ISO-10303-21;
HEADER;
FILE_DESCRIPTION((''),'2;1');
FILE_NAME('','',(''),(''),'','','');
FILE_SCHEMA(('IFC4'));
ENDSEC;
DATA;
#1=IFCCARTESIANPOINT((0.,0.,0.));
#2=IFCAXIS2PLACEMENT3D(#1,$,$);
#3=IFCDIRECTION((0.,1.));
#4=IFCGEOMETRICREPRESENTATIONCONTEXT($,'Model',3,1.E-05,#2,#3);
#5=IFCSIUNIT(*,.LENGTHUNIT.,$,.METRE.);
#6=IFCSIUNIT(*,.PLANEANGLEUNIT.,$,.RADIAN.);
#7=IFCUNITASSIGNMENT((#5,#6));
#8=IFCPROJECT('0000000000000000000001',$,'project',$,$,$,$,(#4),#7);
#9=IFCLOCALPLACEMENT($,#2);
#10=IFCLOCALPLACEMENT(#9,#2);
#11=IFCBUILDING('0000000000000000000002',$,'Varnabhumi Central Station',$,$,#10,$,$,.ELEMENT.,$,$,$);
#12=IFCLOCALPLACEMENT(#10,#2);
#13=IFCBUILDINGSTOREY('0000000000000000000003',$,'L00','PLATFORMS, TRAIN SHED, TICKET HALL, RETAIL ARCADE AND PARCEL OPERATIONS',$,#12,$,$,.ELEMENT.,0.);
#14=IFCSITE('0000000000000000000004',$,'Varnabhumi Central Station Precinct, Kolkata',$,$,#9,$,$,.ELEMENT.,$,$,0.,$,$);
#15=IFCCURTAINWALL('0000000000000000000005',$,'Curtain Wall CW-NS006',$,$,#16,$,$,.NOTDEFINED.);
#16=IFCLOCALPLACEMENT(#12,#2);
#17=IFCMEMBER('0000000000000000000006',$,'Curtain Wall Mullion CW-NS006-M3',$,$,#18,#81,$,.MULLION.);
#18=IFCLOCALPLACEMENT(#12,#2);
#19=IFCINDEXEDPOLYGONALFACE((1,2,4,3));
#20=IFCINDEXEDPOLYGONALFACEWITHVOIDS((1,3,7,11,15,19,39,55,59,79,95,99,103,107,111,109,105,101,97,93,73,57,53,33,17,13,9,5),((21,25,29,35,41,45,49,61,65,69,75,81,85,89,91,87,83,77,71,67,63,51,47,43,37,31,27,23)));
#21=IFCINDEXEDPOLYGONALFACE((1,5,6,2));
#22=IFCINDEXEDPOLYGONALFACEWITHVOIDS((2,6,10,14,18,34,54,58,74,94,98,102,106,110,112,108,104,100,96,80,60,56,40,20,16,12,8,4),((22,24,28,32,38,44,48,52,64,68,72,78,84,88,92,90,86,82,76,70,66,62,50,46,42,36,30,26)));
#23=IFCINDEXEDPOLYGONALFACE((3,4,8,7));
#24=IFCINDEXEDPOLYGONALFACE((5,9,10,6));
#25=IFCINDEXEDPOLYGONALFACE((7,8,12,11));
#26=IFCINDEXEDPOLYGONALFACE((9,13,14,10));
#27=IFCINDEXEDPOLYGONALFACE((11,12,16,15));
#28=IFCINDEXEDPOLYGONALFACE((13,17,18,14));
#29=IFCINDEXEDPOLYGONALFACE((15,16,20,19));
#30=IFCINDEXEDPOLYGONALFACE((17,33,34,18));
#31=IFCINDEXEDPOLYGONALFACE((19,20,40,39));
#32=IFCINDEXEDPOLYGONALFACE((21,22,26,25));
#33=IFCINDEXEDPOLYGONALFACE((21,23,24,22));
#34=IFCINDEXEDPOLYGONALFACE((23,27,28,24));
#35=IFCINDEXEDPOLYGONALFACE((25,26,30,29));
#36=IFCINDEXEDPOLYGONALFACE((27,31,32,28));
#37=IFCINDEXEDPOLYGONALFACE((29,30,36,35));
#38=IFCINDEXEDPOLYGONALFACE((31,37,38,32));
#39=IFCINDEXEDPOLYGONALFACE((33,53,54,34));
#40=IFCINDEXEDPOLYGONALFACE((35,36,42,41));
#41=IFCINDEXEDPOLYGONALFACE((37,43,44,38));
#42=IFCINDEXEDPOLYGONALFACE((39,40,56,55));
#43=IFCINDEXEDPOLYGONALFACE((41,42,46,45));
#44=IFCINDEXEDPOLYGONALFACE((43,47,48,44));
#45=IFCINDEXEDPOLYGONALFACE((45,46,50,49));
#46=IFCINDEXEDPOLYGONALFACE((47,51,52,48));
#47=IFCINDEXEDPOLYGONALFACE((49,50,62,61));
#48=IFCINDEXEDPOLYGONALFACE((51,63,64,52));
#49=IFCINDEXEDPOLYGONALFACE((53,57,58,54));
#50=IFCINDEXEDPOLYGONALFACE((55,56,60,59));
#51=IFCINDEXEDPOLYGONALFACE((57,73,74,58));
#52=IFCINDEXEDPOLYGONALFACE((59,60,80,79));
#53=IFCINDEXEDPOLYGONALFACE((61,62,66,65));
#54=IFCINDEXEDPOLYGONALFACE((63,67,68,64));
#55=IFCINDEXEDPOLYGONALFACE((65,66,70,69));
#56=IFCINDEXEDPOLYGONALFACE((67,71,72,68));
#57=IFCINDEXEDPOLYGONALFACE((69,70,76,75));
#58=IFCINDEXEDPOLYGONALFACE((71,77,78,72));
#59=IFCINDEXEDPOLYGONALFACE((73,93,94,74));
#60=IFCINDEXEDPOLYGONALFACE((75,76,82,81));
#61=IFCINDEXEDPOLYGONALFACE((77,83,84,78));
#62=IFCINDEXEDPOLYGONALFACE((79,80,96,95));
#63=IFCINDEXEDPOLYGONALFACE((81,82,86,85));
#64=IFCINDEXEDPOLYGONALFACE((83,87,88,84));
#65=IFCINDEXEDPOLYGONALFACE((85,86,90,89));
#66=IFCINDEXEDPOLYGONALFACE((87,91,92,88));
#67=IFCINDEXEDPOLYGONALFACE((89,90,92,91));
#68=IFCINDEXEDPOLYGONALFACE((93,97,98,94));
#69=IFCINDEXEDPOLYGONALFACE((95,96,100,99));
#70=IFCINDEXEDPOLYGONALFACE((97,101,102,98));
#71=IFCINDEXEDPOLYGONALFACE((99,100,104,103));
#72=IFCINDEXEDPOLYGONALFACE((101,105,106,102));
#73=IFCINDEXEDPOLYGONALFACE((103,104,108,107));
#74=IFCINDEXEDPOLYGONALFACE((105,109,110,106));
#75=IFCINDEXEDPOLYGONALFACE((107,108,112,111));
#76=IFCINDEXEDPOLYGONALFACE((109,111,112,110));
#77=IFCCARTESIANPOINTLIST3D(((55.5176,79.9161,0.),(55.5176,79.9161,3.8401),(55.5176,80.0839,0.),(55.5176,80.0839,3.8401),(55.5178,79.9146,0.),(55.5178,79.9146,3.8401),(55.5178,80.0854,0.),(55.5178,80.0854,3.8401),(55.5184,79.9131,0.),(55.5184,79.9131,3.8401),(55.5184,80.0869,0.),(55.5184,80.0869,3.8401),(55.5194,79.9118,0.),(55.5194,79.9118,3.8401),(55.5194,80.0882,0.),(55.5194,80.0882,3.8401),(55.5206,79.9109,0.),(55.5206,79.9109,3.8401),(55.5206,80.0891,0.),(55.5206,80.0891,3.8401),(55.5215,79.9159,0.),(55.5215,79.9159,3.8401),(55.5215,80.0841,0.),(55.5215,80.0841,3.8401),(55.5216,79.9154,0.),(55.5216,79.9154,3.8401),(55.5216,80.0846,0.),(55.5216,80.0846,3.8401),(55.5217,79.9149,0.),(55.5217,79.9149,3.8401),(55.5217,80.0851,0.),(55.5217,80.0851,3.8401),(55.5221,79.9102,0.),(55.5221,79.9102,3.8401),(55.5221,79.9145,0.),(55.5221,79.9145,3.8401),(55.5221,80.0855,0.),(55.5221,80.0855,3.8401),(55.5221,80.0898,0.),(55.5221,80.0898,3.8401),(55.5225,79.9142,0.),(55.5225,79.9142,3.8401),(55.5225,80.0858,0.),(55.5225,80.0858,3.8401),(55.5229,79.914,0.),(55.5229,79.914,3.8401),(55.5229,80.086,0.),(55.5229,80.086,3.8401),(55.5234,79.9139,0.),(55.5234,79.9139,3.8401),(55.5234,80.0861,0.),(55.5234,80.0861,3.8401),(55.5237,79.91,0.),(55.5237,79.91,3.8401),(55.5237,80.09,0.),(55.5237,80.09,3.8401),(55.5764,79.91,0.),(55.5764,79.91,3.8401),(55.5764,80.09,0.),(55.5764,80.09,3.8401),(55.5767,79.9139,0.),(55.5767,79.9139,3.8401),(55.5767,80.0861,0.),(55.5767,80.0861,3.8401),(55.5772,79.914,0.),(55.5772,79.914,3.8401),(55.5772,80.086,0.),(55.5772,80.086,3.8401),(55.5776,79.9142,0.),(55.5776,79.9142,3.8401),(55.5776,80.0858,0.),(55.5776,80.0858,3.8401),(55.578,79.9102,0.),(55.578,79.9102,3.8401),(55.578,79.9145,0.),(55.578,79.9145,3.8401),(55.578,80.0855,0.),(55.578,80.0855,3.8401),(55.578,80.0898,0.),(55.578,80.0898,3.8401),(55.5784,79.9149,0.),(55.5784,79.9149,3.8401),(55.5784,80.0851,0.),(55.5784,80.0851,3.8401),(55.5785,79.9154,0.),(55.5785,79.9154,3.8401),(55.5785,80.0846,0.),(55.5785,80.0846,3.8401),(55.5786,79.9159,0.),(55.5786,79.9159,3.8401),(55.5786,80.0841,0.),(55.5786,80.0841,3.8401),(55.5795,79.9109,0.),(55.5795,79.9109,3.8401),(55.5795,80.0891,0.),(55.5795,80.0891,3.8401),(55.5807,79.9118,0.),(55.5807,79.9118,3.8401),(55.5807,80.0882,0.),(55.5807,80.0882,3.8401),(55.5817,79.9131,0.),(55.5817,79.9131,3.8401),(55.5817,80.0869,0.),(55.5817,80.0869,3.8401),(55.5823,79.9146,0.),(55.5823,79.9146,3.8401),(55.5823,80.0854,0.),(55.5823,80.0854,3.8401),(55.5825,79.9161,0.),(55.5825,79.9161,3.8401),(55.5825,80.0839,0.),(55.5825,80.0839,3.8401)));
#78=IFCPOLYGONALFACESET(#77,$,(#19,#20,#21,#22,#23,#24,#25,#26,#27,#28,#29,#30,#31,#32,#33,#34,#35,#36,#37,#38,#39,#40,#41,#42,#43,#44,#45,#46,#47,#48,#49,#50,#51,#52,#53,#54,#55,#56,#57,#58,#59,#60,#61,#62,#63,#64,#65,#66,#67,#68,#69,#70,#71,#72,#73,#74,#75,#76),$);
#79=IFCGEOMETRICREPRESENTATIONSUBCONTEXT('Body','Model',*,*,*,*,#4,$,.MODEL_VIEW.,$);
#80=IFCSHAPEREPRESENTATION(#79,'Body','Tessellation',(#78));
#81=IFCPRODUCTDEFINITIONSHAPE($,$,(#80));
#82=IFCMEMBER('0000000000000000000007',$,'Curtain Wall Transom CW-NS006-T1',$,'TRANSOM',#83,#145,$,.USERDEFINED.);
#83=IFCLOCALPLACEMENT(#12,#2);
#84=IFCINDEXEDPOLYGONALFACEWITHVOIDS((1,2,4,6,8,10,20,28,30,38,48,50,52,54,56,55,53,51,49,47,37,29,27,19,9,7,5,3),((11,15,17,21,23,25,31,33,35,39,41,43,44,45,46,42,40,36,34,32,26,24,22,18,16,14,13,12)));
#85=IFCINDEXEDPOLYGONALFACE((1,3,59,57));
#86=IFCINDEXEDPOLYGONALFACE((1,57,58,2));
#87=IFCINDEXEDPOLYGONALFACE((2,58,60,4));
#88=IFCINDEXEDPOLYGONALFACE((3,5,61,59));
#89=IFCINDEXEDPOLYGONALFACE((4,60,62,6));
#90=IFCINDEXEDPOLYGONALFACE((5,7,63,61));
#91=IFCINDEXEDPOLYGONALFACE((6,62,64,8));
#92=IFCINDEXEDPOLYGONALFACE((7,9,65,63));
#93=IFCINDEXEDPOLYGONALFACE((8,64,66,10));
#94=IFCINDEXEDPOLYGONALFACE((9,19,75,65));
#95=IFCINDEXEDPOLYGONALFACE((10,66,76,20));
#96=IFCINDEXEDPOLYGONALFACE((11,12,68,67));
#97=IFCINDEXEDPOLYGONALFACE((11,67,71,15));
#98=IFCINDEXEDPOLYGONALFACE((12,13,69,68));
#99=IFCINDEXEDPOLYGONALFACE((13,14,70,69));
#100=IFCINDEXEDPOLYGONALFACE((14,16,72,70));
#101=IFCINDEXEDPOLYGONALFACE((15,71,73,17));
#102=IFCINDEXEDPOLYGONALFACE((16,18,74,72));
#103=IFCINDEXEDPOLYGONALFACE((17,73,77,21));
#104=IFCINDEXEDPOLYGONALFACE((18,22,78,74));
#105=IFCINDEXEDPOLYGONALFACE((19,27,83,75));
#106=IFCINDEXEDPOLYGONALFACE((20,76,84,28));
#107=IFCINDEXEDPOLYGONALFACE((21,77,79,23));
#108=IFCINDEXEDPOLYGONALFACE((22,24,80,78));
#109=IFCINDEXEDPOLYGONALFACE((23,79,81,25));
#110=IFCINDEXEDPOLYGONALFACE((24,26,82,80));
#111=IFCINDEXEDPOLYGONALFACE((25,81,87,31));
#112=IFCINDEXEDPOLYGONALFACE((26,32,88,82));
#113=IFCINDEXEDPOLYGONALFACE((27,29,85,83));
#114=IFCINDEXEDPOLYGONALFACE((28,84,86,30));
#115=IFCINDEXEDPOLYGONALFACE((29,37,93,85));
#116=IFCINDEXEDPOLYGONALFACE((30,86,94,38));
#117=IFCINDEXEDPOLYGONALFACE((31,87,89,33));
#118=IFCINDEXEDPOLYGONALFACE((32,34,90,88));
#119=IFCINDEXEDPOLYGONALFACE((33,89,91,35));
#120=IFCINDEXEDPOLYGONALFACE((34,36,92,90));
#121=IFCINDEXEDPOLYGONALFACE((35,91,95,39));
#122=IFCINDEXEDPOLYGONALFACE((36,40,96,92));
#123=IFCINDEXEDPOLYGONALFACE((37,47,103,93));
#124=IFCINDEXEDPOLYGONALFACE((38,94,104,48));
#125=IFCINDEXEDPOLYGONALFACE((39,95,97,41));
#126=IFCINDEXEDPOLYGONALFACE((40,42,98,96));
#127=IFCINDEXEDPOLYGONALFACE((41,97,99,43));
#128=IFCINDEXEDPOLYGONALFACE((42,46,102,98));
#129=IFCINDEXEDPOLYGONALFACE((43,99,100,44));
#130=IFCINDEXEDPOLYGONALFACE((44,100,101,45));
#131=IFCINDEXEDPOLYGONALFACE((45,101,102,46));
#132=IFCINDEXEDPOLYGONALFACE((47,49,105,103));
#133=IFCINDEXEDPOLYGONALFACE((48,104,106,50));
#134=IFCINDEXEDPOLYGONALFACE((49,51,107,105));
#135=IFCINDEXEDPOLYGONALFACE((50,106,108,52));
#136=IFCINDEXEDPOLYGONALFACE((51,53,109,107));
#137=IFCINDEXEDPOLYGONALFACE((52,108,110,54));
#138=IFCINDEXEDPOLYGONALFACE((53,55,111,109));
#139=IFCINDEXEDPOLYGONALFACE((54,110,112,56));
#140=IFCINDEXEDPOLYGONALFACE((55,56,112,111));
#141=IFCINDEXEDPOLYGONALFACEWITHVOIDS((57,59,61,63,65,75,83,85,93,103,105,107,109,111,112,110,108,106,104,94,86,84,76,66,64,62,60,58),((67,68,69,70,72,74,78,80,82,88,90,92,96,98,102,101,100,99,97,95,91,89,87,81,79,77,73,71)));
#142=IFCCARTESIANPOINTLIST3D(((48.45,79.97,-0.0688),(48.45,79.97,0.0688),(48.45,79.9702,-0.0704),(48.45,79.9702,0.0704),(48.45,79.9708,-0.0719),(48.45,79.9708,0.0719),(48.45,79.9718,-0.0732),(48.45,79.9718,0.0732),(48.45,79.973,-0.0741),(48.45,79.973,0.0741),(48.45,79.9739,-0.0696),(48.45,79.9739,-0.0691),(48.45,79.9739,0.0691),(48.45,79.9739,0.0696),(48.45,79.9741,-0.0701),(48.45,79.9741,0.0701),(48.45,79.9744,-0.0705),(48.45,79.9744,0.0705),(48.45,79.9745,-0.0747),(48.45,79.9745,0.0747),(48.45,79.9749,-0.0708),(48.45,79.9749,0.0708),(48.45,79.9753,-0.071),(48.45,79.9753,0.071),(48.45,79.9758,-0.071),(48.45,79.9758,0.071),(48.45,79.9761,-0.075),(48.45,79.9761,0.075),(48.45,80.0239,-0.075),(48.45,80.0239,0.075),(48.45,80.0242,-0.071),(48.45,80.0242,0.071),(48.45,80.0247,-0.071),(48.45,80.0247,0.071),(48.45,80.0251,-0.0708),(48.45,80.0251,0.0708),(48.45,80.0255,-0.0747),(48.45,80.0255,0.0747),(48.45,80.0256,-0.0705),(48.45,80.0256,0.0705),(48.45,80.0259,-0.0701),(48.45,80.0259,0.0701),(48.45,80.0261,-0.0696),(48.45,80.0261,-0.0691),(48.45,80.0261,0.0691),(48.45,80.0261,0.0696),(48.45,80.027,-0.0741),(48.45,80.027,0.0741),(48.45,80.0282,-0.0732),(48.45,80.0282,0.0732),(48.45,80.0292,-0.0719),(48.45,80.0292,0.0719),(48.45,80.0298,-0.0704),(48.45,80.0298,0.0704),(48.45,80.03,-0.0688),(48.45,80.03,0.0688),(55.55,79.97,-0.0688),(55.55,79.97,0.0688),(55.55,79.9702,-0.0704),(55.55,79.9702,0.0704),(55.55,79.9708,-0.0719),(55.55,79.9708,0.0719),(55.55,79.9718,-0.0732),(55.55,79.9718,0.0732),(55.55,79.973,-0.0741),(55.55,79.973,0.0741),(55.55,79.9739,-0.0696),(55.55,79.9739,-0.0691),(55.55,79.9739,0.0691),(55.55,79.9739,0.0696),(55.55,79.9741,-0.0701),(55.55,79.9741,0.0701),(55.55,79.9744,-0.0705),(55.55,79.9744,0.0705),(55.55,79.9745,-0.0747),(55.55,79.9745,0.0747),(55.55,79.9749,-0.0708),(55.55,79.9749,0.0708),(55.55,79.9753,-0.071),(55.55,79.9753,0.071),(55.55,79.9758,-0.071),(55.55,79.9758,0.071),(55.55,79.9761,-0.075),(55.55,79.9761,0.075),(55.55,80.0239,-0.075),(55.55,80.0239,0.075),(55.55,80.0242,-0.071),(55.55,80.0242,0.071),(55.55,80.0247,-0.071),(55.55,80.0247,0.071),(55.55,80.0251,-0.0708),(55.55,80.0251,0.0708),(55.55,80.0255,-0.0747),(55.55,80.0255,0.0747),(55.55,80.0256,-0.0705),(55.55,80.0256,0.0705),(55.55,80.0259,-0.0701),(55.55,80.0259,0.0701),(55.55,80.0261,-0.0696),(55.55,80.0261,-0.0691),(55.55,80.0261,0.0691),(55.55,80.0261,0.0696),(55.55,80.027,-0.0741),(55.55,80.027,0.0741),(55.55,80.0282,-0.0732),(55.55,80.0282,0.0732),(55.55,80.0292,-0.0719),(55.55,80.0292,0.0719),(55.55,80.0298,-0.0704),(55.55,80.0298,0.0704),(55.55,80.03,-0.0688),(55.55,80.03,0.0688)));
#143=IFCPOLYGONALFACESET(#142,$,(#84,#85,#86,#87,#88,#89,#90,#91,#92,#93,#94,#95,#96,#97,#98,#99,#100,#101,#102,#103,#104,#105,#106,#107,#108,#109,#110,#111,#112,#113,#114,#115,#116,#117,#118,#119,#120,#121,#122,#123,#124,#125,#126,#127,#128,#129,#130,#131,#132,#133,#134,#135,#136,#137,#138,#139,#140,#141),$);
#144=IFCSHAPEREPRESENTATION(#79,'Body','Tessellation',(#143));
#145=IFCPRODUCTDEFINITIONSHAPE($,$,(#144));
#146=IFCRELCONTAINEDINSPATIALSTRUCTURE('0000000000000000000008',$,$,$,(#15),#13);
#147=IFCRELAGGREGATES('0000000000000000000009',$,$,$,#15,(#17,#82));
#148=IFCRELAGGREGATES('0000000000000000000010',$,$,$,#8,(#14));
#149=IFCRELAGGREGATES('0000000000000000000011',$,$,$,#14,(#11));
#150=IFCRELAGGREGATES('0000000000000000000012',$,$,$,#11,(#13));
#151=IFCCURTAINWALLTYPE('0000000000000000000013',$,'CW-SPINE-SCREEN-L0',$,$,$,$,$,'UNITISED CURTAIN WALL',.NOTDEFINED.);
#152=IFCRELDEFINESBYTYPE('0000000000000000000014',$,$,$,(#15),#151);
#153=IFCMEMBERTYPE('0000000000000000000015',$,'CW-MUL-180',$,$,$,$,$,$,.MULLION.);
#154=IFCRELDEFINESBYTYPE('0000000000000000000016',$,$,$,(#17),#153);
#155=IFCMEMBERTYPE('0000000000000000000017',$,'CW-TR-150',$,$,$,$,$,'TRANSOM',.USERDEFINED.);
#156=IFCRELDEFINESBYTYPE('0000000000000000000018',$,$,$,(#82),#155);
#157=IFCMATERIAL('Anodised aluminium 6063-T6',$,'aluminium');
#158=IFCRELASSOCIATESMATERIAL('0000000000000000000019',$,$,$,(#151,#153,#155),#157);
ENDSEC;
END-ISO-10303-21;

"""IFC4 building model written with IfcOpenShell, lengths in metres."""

from ifc_helpers import new_model, si_unit, direction, frame, origin, origin_2d, place, context, subcontext, project, spatial, hollow_rectangle, extrude, material, material_profile, profile_set, type_object, element, aggregate, save


model = new_model("IFC4")

# Units and contexts
model_context = context("Model", 3, precision=1e-05, world=origin(), true_north=direction((0.0, 1.0)))
body_context = subcontext(model_context, "Body", "Model", "MODEL_VIEW")
ifc_project = project(units=[si_unit("LENGTHUNIT", "METRE"), si_unit("PLANEANGLEUNIT", "RADIAN")], contexts=[model_context])

# Site, building, storey
site_placement = place(None, origin())
site = spatial("IfcSite", under=ifc_project, at=site_placement, Name="Varnabhumi Central Station Precinct, Kolkata", CompositionType="ELEMENT", RefElevation=0.0)
building_placement = place(site_placement, origin())
building = spatial("IfcBuilding", under=site, at=building_placement, Name="Varnabhumi Central Station", CompositionType="ELEMENT")
storey_placement = place(building_placement, origin())
storey = spatial("IfcBuildingStorey", under=building, at=storey_placement, Name="L00", Description="PLATFORMS, TRAIN SHED, TICKET HALL, RETAIL ARCADE AND PARCEL OPERATIONS", CompositionType="ELEMENT", Elevation=0.0)

# Curtain wall, members
ifc_material_1 = material(Name="Anodised aluminium 6063-T6", Category="aluminium")
curtain_wall_type = type_object("IfcCurtainWallType", Name="CW-SPINE-SCREEN-L0", ElementType="UNITISED CURTAIN WALL", PredefinedType="NOTDEFINED", material=ifc_material_1)
curtain_wall_placement = place(storey_placement, origin())
curtain_wall = element("IfcCurtainWall", 1, at=curtain_wall_placement, inside=storey, type_object=curtain_wall_type, Name="Curtain Wall CW-NS006", PredefinedType="NOTDEFINED")
ifc_material_profile_1 = material_profile(ifc_material_1, hollow_rectangle(XDim=0.0649, YDim=0.1799, WallThickness=0.0039, InnerFilletRadius=0.002, OuterFilletRadius=0.0061, at=origin_2d()), Name="Anodised aluminium 6063-T6", Category="aluminium")
ifc_profile_set_1 = profile_set([ifc_material_profile_1], Name="Anodised aluminium 6063-T6")
member_type_1 = type_object("IfcMemberType", Name="CW-MUL-180", PredefinedType="MULLION", material=ifc_profile_set_1)
member_1_placement = place(storey_placement, frame((55.55, 80.0, 0.0), z_axis=(0.0, 0.0, 1.0), x_axis=(1.0, 0.0, 0.0)))
member_1 = element("IfcMember", 2, at=member_1_placement, type_object=member_type_1, Name="Curtain Wall Mullion CW-NS006-M3", PredefinedType="MULLION", context=body_context, shape_type="SweptSolid", body=[
    extrude(hollow_rectangle(XDim=0.0649, YDim=0.1799, WallThickness=0.0039, InnerFilletRadius=0.002, OuterFilletRadius=0.0061, at=origin_2d()), origin(), (0.0, 0.0, 1.0), 3.8401),
])
ifc_material_profile_2 = material_profile(ifc_material_1, hollow_rectangle(XDim=0.0601, YDim=0.1499, WallThickness=0.0039, InnerFilletRadius=0.002, OuterFilletRadius=0.0061, at=origin_2d()), Name="Anodised aluminium 6063-T6", Category="aluminium")
ifc_profile_set_2 = profile_set([ifc_material_profile_2], Name="Anodised aluminium 6063-T6")
member_type_2 = type_object("IfcMemberType", Name="CW-TR-150", ElementType="TRANSOM", PredefinedType="USERDEFINED", material=ifc_profile_set_2)
member_2_placement = place(storey_placement, frame((48.45, 80.0, 0.0), z_axis=(1.0, 0.0, 0.0), x_axis=(0.0, 1.0, 0.0)))
member_2 = element("IfcMember", 3, at=member_2_placement, type_object=member_type_2, Name="Curtain Wall Transom CW-NS006-T1", ObjectType="TRANSOM", PredefinedType="USERDEFINED", context=body_context, shape_type="SweptSolid", body=[
    extrude(hollow_rectangle(XDim=0.0601, YDim=0.1499, WallThickness=0.0039, InnerFilletRadius=0.002, OuterFilletRadius=0.0061, at=origin_2d()), origin(), (0.0, 0.0, 1.0), 7.1001),
])
aggregate(curtain_wall, [member_1, member_2])

save(model, "model.ifc")
